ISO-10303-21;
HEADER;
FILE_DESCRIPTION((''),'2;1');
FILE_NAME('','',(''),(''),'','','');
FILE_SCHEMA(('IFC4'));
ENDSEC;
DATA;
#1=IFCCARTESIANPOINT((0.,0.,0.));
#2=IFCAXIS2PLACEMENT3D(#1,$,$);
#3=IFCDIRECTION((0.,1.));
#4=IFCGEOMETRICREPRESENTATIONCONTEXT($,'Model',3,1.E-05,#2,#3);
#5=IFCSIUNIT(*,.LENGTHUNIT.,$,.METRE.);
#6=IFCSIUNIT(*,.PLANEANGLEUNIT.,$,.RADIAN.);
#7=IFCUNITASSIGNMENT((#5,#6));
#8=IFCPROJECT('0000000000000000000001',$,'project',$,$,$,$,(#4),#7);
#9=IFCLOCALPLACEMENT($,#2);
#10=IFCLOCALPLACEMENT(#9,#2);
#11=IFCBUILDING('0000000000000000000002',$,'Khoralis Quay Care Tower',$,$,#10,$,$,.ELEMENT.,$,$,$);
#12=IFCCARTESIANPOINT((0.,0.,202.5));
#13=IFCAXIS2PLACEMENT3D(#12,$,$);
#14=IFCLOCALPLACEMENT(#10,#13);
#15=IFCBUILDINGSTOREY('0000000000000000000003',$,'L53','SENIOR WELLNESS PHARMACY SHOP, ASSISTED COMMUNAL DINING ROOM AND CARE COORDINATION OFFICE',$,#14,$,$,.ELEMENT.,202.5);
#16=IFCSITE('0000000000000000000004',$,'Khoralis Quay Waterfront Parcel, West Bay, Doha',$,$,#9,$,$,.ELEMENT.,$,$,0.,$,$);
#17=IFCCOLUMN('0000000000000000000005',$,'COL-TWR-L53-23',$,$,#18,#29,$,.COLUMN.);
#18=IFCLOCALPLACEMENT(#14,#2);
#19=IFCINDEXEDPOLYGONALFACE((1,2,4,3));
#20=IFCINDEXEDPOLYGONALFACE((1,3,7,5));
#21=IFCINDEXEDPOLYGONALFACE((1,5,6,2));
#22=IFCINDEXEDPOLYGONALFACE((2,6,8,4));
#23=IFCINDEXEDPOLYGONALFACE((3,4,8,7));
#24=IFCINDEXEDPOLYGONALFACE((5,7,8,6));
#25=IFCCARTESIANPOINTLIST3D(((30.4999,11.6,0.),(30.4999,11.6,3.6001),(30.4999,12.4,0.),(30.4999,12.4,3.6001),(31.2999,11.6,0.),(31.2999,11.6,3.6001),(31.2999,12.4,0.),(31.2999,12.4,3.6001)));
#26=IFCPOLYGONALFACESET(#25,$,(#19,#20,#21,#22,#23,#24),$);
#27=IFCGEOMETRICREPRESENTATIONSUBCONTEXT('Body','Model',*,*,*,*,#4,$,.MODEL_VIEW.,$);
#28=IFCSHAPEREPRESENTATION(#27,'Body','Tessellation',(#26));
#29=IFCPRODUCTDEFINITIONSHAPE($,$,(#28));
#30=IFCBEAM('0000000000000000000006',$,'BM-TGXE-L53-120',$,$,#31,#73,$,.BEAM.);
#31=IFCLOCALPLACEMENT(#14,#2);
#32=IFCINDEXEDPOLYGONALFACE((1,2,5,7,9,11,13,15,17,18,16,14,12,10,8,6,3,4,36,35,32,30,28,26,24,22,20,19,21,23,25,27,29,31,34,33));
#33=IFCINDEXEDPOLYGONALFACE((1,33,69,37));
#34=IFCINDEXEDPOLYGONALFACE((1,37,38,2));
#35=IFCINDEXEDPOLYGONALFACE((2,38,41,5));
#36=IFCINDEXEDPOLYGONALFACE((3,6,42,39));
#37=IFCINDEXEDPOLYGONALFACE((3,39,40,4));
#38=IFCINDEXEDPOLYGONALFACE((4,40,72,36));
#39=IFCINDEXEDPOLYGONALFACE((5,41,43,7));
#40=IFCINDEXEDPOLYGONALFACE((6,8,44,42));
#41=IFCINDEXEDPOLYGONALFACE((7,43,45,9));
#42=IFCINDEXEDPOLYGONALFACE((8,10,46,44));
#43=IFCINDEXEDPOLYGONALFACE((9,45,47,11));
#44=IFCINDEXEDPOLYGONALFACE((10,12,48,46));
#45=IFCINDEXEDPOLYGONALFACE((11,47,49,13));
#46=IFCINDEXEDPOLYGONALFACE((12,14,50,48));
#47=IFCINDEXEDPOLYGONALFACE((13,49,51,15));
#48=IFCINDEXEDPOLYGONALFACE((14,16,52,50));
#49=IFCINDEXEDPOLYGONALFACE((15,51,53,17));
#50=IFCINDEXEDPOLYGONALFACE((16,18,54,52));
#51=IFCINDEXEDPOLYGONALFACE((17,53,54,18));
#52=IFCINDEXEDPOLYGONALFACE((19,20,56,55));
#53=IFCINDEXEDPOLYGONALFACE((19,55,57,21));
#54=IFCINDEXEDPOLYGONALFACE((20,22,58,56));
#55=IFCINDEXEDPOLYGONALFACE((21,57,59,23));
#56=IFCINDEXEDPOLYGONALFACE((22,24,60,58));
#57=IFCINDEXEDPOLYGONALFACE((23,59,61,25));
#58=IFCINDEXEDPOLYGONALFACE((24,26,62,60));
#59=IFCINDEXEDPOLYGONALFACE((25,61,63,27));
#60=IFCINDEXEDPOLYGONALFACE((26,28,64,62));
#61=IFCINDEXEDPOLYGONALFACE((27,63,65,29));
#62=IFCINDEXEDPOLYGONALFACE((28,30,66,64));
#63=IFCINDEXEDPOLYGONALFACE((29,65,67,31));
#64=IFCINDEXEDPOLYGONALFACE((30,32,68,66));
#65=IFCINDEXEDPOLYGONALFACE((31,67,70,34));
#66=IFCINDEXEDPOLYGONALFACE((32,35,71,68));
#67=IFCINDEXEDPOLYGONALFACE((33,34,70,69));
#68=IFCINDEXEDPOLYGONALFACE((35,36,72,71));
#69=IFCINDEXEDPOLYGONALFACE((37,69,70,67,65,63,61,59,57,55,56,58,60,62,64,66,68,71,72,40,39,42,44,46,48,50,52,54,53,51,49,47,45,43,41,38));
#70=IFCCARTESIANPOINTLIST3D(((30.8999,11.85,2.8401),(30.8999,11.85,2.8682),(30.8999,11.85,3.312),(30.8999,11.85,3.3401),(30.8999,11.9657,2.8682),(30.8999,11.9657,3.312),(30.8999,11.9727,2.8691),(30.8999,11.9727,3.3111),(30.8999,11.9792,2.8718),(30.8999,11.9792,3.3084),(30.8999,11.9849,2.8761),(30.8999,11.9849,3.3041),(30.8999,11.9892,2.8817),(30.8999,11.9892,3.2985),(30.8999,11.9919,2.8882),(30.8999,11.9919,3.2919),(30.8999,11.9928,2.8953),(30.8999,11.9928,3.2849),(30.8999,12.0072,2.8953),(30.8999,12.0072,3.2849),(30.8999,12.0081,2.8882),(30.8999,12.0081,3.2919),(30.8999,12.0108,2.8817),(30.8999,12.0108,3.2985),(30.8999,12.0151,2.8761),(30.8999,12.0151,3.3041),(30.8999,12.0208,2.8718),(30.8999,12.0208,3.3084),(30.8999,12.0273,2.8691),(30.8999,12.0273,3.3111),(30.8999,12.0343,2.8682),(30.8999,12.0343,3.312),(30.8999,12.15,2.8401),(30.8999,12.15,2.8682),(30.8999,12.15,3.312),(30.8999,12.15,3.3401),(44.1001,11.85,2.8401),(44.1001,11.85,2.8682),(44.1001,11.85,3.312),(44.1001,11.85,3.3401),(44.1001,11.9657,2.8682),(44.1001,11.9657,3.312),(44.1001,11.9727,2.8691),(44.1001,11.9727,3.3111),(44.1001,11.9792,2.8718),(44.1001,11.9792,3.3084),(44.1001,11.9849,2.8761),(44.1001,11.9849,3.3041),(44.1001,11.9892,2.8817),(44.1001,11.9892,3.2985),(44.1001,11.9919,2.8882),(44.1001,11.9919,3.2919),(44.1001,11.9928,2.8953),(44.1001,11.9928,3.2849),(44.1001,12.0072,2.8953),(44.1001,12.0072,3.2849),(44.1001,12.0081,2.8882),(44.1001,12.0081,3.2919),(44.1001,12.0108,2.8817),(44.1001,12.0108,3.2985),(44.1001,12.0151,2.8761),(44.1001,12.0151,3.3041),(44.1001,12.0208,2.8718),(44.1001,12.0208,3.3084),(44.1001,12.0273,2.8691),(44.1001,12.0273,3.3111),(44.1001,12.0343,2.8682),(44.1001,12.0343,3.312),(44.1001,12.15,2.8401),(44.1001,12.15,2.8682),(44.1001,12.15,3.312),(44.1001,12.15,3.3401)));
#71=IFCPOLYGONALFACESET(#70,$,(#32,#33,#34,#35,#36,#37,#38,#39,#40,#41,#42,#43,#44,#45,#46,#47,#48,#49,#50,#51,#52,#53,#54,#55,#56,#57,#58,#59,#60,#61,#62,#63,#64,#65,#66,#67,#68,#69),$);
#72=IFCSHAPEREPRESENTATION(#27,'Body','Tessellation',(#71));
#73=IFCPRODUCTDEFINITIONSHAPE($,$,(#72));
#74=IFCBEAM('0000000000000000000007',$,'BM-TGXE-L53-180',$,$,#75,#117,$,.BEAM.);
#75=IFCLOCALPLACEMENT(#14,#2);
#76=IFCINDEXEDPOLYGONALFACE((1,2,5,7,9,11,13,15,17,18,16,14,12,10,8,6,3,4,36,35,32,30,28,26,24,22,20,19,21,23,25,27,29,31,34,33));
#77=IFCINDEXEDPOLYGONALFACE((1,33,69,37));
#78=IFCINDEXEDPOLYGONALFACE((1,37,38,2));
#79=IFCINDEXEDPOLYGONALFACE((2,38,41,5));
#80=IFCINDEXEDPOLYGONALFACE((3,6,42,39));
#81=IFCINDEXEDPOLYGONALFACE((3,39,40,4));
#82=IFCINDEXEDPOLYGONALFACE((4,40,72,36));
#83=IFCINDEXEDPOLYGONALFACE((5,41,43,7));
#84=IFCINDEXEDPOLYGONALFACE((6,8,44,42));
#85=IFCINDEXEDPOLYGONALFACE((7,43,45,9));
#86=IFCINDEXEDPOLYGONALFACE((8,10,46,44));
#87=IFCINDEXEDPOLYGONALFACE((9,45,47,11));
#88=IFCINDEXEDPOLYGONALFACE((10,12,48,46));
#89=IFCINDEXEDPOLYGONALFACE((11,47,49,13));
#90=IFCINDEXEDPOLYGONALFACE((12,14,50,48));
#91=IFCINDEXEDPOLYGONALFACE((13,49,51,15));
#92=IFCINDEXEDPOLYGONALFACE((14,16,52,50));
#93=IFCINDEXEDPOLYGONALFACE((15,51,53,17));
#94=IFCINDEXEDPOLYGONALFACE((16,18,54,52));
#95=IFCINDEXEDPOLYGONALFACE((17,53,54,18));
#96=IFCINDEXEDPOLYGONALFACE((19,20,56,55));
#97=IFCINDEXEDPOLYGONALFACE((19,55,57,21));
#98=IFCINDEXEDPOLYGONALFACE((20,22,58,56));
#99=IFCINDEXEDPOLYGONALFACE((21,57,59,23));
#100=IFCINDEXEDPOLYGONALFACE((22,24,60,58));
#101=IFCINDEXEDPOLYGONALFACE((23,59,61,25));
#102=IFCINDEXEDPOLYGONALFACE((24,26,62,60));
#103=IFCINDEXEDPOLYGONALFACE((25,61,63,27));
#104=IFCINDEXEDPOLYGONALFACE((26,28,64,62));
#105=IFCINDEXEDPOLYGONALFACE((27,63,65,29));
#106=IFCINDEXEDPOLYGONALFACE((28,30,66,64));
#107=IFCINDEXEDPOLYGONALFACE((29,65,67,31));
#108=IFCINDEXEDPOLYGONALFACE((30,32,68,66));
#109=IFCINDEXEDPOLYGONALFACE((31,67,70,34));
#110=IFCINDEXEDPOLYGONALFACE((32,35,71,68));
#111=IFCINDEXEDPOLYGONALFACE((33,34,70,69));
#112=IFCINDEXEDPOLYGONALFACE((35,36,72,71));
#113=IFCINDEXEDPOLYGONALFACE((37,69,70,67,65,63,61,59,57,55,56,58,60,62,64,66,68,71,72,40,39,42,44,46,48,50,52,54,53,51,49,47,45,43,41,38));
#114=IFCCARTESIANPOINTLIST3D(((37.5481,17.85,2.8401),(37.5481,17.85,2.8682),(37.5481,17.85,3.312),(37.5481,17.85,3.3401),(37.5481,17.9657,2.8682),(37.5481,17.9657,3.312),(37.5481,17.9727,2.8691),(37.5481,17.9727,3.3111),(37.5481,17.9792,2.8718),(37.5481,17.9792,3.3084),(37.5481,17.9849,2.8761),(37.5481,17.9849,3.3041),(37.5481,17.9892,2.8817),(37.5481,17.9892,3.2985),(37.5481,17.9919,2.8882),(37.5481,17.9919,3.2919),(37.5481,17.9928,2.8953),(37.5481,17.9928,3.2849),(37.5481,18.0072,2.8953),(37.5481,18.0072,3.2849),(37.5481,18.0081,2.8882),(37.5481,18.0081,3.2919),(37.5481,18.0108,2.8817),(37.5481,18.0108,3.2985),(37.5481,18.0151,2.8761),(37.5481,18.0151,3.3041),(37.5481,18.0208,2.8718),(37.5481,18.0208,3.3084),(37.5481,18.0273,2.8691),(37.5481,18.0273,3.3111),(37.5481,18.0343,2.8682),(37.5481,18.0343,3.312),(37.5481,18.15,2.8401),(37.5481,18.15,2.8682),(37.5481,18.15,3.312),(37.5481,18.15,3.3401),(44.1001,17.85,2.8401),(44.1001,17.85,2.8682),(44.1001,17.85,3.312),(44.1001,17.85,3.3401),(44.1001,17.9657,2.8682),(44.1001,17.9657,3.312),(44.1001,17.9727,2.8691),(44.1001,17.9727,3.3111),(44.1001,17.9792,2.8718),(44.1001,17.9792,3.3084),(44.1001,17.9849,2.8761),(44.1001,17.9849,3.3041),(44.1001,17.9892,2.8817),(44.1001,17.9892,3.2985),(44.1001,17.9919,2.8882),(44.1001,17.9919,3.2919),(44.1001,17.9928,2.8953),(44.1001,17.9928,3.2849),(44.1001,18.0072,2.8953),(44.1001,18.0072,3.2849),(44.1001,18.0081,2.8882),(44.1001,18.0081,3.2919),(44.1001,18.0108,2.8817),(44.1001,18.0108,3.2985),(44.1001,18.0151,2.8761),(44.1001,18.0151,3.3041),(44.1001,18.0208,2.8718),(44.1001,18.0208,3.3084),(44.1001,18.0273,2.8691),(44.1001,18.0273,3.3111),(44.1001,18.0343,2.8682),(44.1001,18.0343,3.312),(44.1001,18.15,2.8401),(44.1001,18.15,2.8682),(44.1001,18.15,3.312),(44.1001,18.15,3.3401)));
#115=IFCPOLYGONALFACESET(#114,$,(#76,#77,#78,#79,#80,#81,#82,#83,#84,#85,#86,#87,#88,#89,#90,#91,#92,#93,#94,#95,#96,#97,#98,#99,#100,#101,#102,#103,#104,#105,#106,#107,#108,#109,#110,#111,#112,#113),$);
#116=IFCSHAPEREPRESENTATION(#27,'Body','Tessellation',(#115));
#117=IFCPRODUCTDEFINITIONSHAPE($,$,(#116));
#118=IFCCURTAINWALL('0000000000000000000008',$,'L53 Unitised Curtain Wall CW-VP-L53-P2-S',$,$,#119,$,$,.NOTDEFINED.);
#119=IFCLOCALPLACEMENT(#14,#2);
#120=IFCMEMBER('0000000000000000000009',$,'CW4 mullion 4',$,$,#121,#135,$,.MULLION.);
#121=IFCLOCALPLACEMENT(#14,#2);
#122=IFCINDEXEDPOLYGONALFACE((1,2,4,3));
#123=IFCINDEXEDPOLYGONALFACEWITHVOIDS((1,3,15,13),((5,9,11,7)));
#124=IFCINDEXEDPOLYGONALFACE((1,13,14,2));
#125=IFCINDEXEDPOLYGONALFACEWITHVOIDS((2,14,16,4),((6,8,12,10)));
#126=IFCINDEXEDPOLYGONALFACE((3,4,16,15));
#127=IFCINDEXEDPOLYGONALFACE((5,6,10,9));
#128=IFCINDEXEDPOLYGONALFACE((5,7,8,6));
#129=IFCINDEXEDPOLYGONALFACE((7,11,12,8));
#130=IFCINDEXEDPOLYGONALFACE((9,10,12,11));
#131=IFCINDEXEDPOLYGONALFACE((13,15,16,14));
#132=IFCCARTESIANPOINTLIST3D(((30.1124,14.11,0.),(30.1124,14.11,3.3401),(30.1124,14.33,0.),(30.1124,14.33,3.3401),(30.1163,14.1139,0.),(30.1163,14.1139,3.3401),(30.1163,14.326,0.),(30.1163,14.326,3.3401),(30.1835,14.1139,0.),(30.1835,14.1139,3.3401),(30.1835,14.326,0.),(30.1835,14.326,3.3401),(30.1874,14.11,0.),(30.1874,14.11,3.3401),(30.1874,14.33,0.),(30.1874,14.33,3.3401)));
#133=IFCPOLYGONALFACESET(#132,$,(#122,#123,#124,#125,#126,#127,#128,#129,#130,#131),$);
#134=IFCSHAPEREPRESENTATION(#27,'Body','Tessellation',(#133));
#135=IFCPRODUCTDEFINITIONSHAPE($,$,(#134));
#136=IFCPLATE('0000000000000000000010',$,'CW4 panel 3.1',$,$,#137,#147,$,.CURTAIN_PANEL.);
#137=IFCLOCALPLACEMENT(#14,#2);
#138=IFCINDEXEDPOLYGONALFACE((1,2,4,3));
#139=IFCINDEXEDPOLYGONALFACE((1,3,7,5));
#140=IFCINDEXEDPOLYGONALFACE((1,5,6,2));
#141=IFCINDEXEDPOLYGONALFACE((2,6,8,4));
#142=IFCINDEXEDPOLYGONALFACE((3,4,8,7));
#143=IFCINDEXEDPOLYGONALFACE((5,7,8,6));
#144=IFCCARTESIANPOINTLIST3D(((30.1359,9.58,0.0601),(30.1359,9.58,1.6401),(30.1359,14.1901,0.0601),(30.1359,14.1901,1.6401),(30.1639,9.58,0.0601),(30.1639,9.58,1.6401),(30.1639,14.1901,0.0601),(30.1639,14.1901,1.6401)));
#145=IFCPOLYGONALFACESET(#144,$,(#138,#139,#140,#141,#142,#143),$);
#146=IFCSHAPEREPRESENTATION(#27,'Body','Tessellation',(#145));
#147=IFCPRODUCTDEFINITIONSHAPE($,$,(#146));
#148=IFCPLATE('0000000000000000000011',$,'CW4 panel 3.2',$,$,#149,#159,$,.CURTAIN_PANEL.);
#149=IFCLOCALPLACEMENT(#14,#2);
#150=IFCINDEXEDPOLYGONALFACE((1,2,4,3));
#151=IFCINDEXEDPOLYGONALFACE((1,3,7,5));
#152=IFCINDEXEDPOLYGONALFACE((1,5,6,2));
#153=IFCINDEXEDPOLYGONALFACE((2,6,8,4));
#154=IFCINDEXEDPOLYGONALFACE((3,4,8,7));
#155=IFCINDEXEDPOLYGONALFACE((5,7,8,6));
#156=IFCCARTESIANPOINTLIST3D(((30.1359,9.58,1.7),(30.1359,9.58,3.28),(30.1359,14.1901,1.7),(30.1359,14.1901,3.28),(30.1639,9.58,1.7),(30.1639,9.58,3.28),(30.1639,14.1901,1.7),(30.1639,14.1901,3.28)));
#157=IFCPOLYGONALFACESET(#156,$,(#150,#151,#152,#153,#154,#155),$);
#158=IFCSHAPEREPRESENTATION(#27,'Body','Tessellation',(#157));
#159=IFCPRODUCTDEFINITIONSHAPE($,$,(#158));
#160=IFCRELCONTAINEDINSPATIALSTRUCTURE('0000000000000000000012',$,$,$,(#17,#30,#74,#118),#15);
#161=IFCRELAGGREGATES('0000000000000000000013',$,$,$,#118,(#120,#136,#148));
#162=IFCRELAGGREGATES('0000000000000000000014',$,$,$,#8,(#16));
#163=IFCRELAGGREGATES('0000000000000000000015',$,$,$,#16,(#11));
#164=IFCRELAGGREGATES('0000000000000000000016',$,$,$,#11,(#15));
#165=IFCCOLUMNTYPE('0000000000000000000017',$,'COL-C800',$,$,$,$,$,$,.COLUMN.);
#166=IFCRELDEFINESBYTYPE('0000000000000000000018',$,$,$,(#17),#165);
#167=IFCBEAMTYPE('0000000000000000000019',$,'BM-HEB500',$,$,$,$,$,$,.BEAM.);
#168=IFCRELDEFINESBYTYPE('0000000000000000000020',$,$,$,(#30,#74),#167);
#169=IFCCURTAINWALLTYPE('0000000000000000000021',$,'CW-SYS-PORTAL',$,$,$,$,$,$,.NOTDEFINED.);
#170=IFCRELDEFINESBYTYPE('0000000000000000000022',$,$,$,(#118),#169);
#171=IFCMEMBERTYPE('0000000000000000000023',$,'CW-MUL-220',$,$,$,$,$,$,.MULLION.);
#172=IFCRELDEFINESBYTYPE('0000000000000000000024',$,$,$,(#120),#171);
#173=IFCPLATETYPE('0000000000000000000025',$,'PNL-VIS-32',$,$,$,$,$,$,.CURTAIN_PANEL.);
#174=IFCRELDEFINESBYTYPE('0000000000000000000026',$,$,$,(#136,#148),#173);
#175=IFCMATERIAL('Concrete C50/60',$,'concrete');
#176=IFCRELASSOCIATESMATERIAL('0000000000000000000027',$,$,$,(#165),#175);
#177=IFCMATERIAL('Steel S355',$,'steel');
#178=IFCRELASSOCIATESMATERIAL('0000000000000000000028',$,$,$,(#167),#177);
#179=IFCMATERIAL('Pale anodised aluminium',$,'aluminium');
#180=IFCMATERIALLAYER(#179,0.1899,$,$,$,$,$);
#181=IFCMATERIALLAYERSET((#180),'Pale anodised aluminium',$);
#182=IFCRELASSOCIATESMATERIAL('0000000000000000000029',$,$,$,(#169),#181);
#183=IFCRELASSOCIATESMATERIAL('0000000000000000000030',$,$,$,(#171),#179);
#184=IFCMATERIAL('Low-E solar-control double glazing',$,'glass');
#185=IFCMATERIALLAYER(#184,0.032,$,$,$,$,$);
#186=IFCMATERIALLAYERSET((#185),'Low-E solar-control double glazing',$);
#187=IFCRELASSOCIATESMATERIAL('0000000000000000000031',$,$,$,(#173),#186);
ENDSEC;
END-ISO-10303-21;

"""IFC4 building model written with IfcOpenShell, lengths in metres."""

from ifc_helpers import new_model, si_unit, direction, frame, origin, origin_2d, place, context, subcontext, project, spatial, rectangle, hollow_rectangle, i_section, extrude, source, transform, mapped, material, layer, layer_set, material_profile, profile_set, type_object, element, aggregate, save


model = new_model("IFC4")

# Units and contexts
model_context = context("Model", 3, precision=1e-05, world=origin(), true_north=direction((0.0, 1.0)))
body_context = subcontext(model_context, "Body", "Model", "MODEL_VIEW")
ifc_project = project(units=[si_unit("LENGTHUNIT", "METRE"), si_unit("PLANEANGLEUNIT", "RADIAN")], contexts=[model_context])

# Site, building, storey
site_placement = place(None, origin())
site = spatial("IfcSite", under=ifc_project, at=site_placement, Name="Khoralis Quay Waterfront Parcel, West Bay, Doha", CompositionType="ELEMENT", RefElevation=0.0)
building_placement = place(site_placement, origin())
building = spatial("IfcBuilding", under=site, at=building_placement, Name="Khoralis Quay Care Tower", CompositionType="ELEMENT")
storey_placement = place(building_placement, frame((0.0, 0.0, 202.5)))
storey = spatial("IfcBuildingStorey", under=building, at=storey_placement, Name="L53", Description="SENIOR WELLNESS PHARMACY SHOP, ASSISTED COMMUNAL DINING ROOM AND CARE COORDINATION OFFICE", CompositionType="ELEMENT", Elevation=202.5)

# Column
ifc_material_1 = material(Name="Concrete C50/60", Category="concrete")
ifc_material_profile_1 = material_profile(ifc_material_1, rectangle(XDim=0.8, YDim=0.8, at=origin_2d()), Name="Concrete C50/60")
ifc_profile_set_1 = profile_set([ifc_material_profile_1], Name="Concrete C50/60")
column_type = type_object("IfcColumnType", Name="COL-C800", PredefinedType="COLUMN", material=ifc_profile_set_1)
shared_shape_1 = source(origin(), body_context, "Body", "SweptSolid", [
    extrude(rectangle(XDim=0.8, YDim=0.8, at=origin_2d()), origin(), (0.0, 0.0, 1.0), 3.6001),
])
column_placement = place(storey_placement, frame((30.8999, 12.0, 0.0), z_axis=(0.0, 0.0, 1.0), x_axis=(1.0, 0.0, 0.0)))
element("IfcColumn", 1, at=column_placement, inside=storey, type_object=column_type, Name="COL-TWR-L53-23", PredefinedType="COLUMN", context=body_context, shape_type="MappedRepresentation", body=[
    mapped(shared_shape_1, transform((0.0, 0.0, 0.0), scale=1.0)),
])

# Beams
ifc_material_2 = material(Name="Steel S355", Category="steel")
ifc_material_profile_2 = material_profile(ifc_material_2, i_section(OverallWidth=0.3, OverallDepth=0.5, WebThickness=0.0144, FlangeThickness=0.0281, FilletRadius=0.0271, at=origin_2d()), Name="Steel S355")
ifc_profile_set_2 = profile_set([ifc_material_profile_2], Name="Steel S355")
beam_type = type_object("IfcBeamType", Name="BM-HEB500", PredefinedType="BEAM", material=ifc_profile_set_2)
shared_shape_2 = source(origin(), body_context, "Body", "SweptSolid", [
    extrude(i_section(OverallWidth=0.3, OverallDepth=0.5, WebThickness=0.0144, FlangeThickness=0.0281, FilletRadius=0.0271, at=origin_2d()), origin(), (0.0, 0.0, 1.0), 13.2002),
])
beam_1_placement = place(storey_placement, frame((30.8999, 12.0, 3.0901), z_axis=(1.0, 0.0, 0.0), x_axis=(0.0, 1.0, 0.0)))
element("IfcBeam", 2, at=beam_1_placement, inside=storey, type_object=beam_type, Name="BM-TGXE-L53-120", PredefinedType="BEAM", context=body_context, shape_type="MappedRepresentation", body=[
    mapped(shared_shape_2, transform((0.0, 0.0, 0.0), scale=1.0)),
])
shared_shape_3 = source(origin(), body_context, "Body", "SweptSolid", [
    extrude(i_section(OverallWidth=0.3, OverallDepth=0.5, WebThickness=0.0144, FlangeThickness=0.0281, FilletRadius=0.0271, at=origin_2d()), origin(), (0.0, 0.0, 1.0), 6.552),
])
beam_2_placement = place(storey_placement, frame((37.5481, 18.0, 3.0901), z_axis=(1.0, 0.0, 0.0), x_axis=(0.0, 1.0, 0.0)))
element("IfcBeam", 3, at=beam_2_placement, inside=storey, type_object=beam_type, Name="BM-TGXE-L53-180", PredefinedType="BEAM", context=body_context, shape_type="MappedRepresentation", body=[
    mapped(shared_shape_3, transform((0.0, 0.0, 0.0), scale=1.0)),
])

# Curtain wall, member, plates
ifc_material_3 = material(Name="Pale anodised aluminium", Category="aluminium")
ifc_layer_1 = layer(ifc_material_3, 0.1899)
ifc_layer_set_1 = layer_set([ifc_layer_1], Name="Pale anodised aluminium")
curtain_wall_type = type_object("IfcCurtainWallType", Name="CW-SYS-PORTAL", PredefinedType="NOTDEFINED", material=ifc_layer_set_1)
curtain_wall_placement = place(storey_placement, origin())
curtain_wall = element("IfcCurtainWall", 4, at=curtain_wall_placement, inside=storey, type_object=curtain_wall_type, Name="L53 Unitised Curtain Wall CW-VP-L53-P2-S", PredefinedType="NOTDEFINED")
ifc_material_profile_3 = material_profile(ifc_material_3, hollow_rectangle(XDim=0.075, YDim=0.22, WallThickness=0.0039, at=origin_2d()), Name="Pale anodised aluminium")
ifc_profile_set_3 = profile_set([ifc_material_profile_3], Name="Pale anodised aluminium")
member_type = type_object("IfcMemberType", Name="CW-MUL-220", PredefinedType="MULLION", material=ifc_profile_set_3)
shared_shape_4 = source(origin(), body_context, "Body", "SweptSolid", [
    extrude(hollow_rectangle(XDim=0.075, YDim=0.22, WallThickness=0.0039, at=origin_2d()), origin(), (0.0, 0.0, 1.0), 3.3401),
])
member_placement = place(storey_placement, frame((30.1499, 14.22, 0.0), z_axis=(0.0, 0.0, 1.0), x_axis=(-1.0, 0.0, 0.0)))
member = element("IfcMember", 5, at=member_placement, type_object=member_type, Name="CW4 mullion 4", PredefinedType="MULLION", context=body_context, shape_type="MappedRepresentation", body=[
    mapped(shared_shape_4, transform((0.0, 0.0, 0.0), scale=1.0)),
])
ifc_material_4 = material(Name="Low-E solar-control double glazing", Category="glass")
ifc_layer_2 = layer(ifc_material_4, 0.032)
ifc_layer_set_2 = layer_set([ifc_layer_2], Name="Low-E solar-control double glazing")
plate_type = type_object("IfcPlateType", Name="PNL-VIS-32", PredefinedType="CURTAIN_PANEL", material=ifc_layer_set_2)
shared_shape_5 = source(origin(), body_context, "Body", "SweptSolid", [
    extrude(rectangle(XDim=4.6101, YDim=0.0281, at=origin_2d()), origin(), (0.0, 0.0, 1.0), 1.5801),
])
plate_1_placement = place(storey_placement, frame((30.1499, 11.885, 0.0601), z_axis=(0.0, 0.0, 1.0), x_axis=(0.0, 1.0, 0.0)))
plate_1 = element("IfcPlate", 6, at=plate_1_placement, type_object=plate_type, Name="CW4 panel 3.1", PredefinedType="CURTAIN_PANEL", context=body_context, shape_type="MappedRepresentation", body=[
    mapped(shared_shape_5, transform((0.0, 0.0, 0.0), scale=1.0)),
])
plate_2_placement = place(storey_placement, frame((30.1499, 11.885, 1.7), z_axis=(0.0, 0.0, 1.0), x_axis=(0.0, 1.0, 0.0)))
plate_2 = element("IfcPlate", 7, at=plate_2_placement, type_object=plate_type, Name="CW4 panel 3.2", PredefinedType="CURTAIN_PANEL", context=body_context, shape_type="MappedRepresentation", body=[
    mapped(shared_shape_5, transform((0.0, 0.0, 0.0), scale=1.0)),
])
aggregate(curtain_wall, [member, plate_1, plate_2])

save(model, "model.ifc")
